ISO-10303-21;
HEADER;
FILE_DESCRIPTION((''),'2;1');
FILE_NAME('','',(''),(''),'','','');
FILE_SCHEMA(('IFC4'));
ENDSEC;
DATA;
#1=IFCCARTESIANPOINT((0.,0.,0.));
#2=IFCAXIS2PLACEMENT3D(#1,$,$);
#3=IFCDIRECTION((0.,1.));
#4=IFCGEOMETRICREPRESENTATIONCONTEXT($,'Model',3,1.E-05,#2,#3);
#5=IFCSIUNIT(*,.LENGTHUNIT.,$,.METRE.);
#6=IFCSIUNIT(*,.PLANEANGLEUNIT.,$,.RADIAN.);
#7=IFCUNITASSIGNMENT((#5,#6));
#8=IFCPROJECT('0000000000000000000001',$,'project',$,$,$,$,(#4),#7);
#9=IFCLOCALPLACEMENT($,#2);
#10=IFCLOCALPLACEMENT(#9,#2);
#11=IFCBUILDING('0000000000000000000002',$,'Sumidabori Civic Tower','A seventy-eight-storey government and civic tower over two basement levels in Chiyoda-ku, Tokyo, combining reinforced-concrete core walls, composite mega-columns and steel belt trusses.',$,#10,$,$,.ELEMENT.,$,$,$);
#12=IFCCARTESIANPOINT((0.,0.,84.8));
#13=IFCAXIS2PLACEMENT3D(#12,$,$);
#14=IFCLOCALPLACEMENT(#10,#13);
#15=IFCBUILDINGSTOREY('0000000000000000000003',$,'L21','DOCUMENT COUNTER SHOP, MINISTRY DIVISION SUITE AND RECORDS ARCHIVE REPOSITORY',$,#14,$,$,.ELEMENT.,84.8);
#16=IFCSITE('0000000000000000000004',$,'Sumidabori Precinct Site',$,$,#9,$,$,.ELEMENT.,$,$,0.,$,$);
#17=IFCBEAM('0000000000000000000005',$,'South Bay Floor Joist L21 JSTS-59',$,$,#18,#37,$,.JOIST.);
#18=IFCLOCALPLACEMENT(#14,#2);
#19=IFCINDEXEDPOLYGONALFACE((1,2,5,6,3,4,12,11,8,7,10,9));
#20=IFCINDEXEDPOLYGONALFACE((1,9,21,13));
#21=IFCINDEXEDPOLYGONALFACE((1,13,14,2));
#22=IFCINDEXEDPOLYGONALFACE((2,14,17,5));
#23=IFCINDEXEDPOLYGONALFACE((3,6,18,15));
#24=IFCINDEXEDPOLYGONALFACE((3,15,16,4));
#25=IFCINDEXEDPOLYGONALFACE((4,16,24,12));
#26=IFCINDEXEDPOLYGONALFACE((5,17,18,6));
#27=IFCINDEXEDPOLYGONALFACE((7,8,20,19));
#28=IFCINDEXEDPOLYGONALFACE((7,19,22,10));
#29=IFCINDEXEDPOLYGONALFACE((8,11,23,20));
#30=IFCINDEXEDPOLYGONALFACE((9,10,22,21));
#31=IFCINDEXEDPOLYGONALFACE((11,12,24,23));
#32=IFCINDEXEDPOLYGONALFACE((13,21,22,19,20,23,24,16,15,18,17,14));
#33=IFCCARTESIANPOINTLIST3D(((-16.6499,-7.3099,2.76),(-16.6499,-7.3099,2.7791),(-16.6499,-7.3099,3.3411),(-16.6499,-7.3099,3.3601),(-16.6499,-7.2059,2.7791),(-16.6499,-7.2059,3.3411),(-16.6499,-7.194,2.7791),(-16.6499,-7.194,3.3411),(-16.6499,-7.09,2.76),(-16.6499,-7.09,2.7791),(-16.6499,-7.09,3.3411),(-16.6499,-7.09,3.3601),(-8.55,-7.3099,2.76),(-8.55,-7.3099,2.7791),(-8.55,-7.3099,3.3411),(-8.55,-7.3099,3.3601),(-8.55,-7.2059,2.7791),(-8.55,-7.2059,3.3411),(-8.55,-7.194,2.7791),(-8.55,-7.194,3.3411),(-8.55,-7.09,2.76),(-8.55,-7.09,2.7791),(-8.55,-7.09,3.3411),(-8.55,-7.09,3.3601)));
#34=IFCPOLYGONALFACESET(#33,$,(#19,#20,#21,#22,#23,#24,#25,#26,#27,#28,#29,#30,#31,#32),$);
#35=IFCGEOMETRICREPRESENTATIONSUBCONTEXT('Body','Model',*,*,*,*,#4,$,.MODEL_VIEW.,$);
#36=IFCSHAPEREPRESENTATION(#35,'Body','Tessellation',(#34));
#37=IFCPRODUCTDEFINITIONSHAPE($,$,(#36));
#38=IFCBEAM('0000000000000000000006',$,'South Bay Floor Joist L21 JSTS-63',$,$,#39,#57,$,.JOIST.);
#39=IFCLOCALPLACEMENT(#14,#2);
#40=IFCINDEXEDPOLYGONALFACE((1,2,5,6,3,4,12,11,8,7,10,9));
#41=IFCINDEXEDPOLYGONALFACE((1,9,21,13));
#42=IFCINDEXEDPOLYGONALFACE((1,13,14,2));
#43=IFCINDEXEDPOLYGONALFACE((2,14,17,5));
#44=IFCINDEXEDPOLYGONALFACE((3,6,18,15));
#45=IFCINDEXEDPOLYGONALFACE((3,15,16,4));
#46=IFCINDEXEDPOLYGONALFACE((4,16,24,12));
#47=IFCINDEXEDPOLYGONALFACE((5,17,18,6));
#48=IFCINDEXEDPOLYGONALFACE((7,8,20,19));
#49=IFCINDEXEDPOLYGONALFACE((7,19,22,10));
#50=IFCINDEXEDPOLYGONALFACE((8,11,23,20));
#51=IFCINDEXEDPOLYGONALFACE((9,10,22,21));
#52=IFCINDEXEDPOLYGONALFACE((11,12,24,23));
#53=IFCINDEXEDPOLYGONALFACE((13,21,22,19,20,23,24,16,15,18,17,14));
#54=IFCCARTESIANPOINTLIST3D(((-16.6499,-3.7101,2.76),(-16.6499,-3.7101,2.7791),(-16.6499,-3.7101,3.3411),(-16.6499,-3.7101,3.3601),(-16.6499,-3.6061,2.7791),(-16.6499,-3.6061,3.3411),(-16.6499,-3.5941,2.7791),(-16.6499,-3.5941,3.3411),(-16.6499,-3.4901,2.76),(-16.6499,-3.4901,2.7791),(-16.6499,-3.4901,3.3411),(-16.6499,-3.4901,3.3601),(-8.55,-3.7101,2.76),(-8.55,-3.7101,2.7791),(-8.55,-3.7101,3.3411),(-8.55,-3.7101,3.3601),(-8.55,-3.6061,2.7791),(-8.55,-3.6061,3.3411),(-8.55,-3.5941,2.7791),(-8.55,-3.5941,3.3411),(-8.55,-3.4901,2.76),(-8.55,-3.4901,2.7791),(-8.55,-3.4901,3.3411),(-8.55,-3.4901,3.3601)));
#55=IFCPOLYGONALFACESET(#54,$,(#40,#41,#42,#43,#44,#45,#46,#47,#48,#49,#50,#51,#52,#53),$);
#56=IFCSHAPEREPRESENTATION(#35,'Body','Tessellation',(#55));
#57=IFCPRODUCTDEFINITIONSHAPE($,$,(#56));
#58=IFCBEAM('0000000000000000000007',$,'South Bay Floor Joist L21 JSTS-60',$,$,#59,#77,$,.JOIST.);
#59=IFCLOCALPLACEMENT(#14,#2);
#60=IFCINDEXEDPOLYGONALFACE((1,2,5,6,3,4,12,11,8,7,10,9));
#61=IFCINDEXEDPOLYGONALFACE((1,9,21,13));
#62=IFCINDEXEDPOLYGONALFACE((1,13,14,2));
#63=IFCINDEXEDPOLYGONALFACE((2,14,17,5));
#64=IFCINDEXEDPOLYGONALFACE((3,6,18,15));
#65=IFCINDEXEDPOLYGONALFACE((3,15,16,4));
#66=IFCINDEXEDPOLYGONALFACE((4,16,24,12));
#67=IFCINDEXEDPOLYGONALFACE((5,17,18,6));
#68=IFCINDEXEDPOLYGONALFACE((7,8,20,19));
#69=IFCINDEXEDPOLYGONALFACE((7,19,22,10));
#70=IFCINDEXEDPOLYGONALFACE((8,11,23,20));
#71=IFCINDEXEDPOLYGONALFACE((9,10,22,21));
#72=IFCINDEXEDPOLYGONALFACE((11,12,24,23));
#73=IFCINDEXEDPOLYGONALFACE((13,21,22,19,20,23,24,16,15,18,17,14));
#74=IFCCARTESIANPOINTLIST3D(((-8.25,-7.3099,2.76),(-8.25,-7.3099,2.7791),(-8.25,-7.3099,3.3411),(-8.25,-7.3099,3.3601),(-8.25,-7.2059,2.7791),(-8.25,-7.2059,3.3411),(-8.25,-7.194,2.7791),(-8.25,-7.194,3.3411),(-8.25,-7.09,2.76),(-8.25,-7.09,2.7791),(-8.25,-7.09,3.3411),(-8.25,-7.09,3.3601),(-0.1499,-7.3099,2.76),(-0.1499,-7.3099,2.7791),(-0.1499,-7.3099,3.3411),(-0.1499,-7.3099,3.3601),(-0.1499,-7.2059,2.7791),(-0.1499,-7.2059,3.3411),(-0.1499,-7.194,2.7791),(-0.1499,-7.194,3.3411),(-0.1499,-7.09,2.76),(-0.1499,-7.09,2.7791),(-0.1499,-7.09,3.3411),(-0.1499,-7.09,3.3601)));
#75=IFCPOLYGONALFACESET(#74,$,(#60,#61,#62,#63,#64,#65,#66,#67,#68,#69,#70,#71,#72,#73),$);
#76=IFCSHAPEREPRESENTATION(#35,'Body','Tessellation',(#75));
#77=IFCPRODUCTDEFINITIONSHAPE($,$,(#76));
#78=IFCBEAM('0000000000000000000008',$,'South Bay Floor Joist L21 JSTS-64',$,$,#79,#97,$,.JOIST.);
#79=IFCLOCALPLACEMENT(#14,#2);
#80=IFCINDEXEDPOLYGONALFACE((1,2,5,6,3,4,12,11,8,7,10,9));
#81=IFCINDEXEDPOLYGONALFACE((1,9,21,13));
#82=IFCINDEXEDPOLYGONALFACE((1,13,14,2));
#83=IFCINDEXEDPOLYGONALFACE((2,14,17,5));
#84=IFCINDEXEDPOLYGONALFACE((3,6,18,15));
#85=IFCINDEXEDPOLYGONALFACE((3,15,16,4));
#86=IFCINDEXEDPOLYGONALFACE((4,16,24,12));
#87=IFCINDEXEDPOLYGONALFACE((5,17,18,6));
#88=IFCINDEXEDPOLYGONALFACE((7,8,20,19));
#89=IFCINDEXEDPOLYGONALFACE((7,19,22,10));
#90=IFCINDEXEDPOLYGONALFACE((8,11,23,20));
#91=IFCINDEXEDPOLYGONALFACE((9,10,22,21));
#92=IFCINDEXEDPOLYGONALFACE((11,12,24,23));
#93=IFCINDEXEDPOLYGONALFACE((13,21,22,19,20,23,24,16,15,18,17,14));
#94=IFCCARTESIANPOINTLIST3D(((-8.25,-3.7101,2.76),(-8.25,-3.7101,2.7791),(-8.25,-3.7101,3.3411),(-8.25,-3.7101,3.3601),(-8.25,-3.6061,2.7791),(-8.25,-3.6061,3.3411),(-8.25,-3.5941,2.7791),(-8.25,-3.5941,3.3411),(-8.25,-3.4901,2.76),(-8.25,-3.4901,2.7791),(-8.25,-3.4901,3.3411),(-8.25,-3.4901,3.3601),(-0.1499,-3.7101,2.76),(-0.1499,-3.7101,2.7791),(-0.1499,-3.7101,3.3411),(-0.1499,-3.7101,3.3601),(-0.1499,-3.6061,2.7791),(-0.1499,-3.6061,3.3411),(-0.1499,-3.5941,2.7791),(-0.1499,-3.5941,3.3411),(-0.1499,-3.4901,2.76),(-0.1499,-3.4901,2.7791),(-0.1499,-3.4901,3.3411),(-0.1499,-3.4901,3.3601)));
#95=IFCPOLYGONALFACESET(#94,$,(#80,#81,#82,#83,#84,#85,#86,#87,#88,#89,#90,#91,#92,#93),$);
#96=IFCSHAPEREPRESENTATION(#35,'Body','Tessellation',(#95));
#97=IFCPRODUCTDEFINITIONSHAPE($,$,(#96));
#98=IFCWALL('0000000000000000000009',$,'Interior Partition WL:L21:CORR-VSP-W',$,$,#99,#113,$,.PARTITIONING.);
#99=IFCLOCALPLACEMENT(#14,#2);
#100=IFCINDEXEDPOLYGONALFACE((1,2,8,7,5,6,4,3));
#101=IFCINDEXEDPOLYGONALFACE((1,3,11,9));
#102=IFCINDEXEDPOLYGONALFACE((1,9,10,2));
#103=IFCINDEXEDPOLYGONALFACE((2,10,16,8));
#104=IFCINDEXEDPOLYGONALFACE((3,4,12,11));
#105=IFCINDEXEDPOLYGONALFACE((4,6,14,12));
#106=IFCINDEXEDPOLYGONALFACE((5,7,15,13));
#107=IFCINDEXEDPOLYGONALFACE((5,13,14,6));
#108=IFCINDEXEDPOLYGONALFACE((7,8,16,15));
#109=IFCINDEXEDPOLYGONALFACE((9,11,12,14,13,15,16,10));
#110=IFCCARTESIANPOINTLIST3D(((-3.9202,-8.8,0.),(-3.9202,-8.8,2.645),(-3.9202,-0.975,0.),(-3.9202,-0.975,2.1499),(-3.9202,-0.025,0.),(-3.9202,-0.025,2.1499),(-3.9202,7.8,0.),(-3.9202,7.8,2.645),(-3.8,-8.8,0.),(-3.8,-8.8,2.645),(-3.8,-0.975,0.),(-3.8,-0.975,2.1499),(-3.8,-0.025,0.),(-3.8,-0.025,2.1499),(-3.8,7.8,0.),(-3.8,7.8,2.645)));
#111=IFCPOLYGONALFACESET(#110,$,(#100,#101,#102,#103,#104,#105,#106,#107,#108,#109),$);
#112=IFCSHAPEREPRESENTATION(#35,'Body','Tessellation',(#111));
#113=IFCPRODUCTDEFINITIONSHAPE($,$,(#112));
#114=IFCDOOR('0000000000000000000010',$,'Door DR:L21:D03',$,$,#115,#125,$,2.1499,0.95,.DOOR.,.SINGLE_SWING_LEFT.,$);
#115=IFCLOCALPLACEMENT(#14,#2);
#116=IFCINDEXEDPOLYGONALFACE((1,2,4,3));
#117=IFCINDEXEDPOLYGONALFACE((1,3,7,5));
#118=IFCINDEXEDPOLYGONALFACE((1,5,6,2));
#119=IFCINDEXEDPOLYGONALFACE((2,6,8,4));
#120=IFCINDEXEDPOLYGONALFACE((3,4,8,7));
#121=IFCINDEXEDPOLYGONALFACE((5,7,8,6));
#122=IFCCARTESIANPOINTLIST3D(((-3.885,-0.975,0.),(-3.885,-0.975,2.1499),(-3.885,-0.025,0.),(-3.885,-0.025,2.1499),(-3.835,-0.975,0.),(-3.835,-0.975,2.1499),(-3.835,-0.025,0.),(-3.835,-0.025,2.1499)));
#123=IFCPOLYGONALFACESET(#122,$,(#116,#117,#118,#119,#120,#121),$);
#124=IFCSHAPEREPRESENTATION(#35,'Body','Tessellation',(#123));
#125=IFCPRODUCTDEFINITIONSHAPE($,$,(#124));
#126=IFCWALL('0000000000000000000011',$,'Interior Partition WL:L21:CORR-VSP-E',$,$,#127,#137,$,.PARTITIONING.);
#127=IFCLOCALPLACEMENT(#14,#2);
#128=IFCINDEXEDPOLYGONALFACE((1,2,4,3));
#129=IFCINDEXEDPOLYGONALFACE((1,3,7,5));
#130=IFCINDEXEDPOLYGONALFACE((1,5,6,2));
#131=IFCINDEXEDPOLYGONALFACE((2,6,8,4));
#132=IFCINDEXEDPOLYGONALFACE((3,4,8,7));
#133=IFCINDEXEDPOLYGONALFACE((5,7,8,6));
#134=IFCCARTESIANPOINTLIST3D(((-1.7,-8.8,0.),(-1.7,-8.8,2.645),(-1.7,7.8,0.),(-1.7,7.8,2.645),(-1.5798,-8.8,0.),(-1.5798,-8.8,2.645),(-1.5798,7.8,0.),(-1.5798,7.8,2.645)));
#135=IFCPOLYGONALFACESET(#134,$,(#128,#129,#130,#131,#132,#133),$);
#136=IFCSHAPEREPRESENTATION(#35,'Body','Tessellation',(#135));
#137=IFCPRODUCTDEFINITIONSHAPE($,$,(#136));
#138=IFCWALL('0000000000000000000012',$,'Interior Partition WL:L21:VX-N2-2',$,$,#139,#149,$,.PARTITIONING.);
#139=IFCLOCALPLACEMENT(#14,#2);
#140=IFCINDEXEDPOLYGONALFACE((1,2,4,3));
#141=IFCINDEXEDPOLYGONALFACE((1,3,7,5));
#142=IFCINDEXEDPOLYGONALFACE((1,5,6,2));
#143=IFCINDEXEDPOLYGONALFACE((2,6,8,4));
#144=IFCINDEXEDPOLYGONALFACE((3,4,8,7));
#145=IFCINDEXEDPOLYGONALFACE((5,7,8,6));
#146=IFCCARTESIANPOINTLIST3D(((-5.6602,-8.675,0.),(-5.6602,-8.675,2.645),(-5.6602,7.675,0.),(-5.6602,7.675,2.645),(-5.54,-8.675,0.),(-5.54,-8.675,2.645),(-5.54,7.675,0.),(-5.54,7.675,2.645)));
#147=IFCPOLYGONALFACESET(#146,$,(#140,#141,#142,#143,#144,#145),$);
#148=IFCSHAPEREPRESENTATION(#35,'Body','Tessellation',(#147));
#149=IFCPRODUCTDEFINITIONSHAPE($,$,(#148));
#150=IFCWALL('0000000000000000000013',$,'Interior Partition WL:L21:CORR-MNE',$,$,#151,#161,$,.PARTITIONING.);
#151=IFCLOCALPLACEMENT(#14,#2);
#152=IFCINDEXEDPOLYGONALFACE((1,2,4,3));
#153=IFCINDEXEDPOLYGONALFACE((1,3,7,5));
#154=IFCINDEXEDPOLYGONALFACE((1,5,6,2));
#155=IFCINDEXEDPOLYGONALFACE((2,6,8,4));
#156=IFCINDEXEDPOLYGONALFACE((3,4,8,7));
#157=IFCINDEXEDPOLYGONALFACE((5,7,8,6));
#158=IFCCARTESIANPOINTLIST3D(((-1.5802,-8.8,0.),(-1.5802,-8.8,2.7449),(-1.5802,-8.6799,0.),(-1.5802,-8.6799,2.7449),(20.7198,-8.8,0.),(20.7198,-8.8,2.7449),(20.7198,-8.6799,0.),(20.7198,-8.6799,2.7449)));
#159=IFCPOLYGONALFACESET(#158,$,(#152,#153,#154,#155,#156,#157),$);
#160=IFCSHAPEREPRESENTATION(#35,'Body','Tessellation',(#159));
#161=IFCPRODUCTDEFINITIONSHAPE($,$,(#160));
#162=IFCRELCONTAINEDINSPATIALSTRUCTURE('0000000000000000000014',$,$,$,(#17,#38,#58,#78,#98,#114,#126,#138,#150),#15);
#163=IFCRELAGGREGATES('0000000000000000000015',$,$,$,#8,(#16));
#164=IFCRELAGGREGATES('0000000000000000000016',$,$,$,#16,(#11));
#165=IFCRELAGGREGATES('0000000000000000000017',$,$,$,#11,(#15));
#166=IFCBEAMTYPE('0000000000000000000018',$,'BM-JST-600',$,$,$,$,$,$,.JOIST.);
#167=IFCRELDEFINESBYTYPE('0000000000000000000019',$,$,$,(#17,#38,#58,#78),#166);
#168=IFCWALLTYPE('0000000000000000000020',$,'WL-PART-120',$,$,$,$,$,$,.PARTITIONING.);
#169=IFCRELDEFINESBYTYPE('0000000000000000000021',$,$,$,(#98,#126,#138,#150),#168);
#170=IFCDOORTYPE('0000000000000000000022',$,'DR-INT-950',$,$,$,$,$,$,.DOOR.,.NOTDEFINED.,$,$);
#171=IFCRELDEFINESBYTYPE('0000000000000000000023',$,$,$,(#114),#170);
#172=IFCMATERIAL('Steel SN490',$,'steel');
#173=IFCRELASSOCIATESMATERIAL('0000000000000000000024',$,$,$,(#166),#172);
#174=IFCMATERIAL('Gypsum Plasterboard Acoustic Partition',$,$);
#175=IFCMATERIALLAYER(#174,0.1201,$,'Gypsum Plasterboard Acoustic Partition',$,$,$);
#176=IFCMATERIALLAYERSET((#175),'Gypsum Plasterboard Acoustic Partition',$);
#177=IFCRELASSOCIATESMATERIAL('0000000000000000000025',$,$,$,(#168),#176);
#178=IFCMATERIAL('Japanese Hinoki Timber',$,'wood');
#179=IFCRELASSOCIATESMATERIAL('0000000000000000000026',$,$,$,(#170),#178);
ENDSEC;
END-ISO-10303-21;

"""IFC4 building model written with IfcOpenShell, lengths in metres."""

from ifc_helpers import new_model, si_unit, direction, frame, frame_2d, origin, origin_2d, place, context, subcontext, project, spatial, rectangle, i_section, extrude, source, transform, mapped, material, layer, layer_set, material_profile, profile_set, type_object, element, fill, save


model = new_model("IFC4")

# Units and contexts
model_context = context("Model", 3, precision=1e-05, world=origin(), true_north=direction((0.0, 1.0)))
body_context = subcontext(model_context, "Body", "Model", "MODEL_VIEW")
ifc_project = project(units=[si_unit("LENGTHUNIT", "METRE"), si_unit("PLANEANGLEUNIT", "RADIAN")], contexts=[model_context])

# Site, building, storey
site_placement = place(None, origin())
site = spatial("IfcSite", under=ifc_project, at=site_placement, Name="Sumidabori Precinct Site", CompositionType="ELEMENT", RefElevation=0.0)
building_placement = place(site_placement, origin())
building = spatial("IfcBuilding", under=site, at=building_placement, Name="Sumidabori Civic Tower", Description="A seventy-eight-storey government and civic tower over two basement levels in Chiyoda-ku, Tokyo, combining reinforced-concrete core walls, composite mega-columns and steel belt trusses.", CompositionType="ELEMENT")
storey_placement = place(building_placement, frame((0.0, 0.0, 84.8)))
storey = spatial("IfcBuildingStorey", under=building, at=storey_placement, Name="L21", Description="DOCUMENT COUNTER SHOP, MINISTRY DIVISION SUITE AND RECORDS ARCHIVE REPOSITORY", CompositionType="ELEMENT", Elevation=84.8)

# Beams
ifc_material_1 = material(Name="Steel SN490", Category="steel")
ifc_material_profile_1 = material_profile(ifc_material_1, i_section(OverallWidth=0.22, OverallDepth=0.6001, WebThickness=0.012, FlangeThickness=0.019, at=origin_2d()), Name="IPE 600")
ifc_profile_set_1 = profile_set([ifc_material_profile_1], Name="Steel SN490")
beam_type_1 = type_object("IfcBeamType", Name="BM-JST-600", PredefinedType="JOIST", material=ifc_profile_set_1)
shared_shape_1 = source(origin(), body_context, "Body", "SweptSolid", [
    extrude(i_section(OverallWidth=0.22, OverallDepth=0.6001, WebThickness=0.012, FlangeThickness=0.019, at=origin_2d()), origin(), (0.0, 0.0, 1.0), 8.0999),
])
for number, where, z_axis, x_axis, name in (
    (1, (-16.6499, -7.2, 3.0601), (1.0, 0.0, 0.0), (0.0, 1.0, 0.0), "South Bay Floor Joist L21 JSTS-59"),
    (2, (-16.6499, -3.6001, 3.0601), (1.0, 0.0, 0.0), (0.0, 1.0, 0.0), "South Bay Floor Joist L21 JSTS-63"),
):
    element("IfcBeam", number, at=place(storey_placement, frame(where, z_axis=z_axis, x_axis=x_axis)), inside=storey, type_object=beam_type_1, Name=name, PredefinedType="JOIST", context=body_context, shape_type="MappedRepresentation", body=[
        mapped(shared_shape_1, transform((0.0, 0.0, 0.0), x_axis=(1.0, 0.0, 0.0), y_axis=(0.0, 1.0, 0.0), z_axis=(0.0, 0.0, 1.0), scale=1.0)),
    ])
shared_shape_2 = source(origin(), body_context, "Body", "SweptSolid", [
    extrude(i_section(OverallWidth=0.22, OverallDepth=0.6001, WebThickness=0.012, FlangeThickness=0.019, at=origin_2d()), origin(), (0.0, 0.0, 1.0), 8.1001),
])
for number, where, z_axis, x_axis, name in (
    (3, (-8.25, -7.2, 3.0601), (1.0, 0.0, 0.0), (0.0, 1.0, 0.0), "South Bay Floor Joist L21 JSTS-60"),
    (4, (-8.25, -3.6001, 3.0601), (1.0, 0.0, 0.0), (0.0, 1.0, 0.0), "South Bay Floor Joist L21 JSTS-64"),
):
    element("IfcBeam", number, at=place(storey_placement, frame(where, z_axis=z_axis, x_axis=x_axis)), inside=storey, type_object=beam_type_1, Name=name, PredefinedType="JOIST", context=body_context, shape_type="MappedRepresentation", body=[
        mapped(shared_shape_2, transform((0.0, 0.0, 0.0), x_axis=(1.0, 0.0, 0.0), y_axis=(0.0, 1.0, 0.0), z_axis=(0.0, 0.0, 1.0), scale=1.0)),
    ])

# Wall, opening, door
ifc_material_2 = material(Name="Gypsum Plasterboard Acoustic Partition")
ifc_layer = layer(ifc_material_2, 0.1201, Name="Gypsum Plasterboard Acoustic Partition")
ifc_layer_set = layer_set([ifc_layer], Name="Gypsum Plasterboard Acoustic Partition")
wall_type = type_object("IfcWallType", Name="WL-PART-120", PredefinedType="PARTITIONING", material=ifc_layer_set)
shared_shape_3 = source(origin(), body_context, "Body", "SweptSolid", [
    extrude(rectangle(XDim=16.6001, YDim=0.1201, at=frame_2d((8.3, 0.0))), origin(), (0.0, 0.0, 1.0), 2.645),
])
wall_1_placement = place(storey_placement, frame((-3.8601, -8.8, 0.0), z_axis=(0.0, 0.0, 1.0), x_axis=(0.0, 1.0, 0.0)))
wall_1 = element("IfcWall", 5, at=wall_1_placement, inside=storey, type_object=wall_type, Name="Interior Partition WL:L21:CORR-VSP-W", PredefinedType="PARTITIONING", context=body_context, shape_type="MappedRepresentation", body=[
    mapped(shared_shape_3, transform((0.0, 0.0, 0.0), x_axis=(1.0, 0.0, 0.0), y_axis=(0.0, 1.0, 0.0), z_axis=(0.0, 0.0, 1.0), scale=1.0)),
])
opening_1_placement = place(wall_1_placement, frame((7.825, 0.0, 0.0)))
opening_1 = element("IfcOpeningElement", 6, at=opening_1_placement, cuts=wall_1, PredefinedType="OPENING", context=body_context, shape_type="SweptSolid", body=[
    extrude(rectangle(XDim=0.95, YDim=2.1499, at=frame_2d((0.4751, 1.075))), frame((0.0, 0.072, 0.0), z_axis=(0.0, -1.0, 0.0), x_axis=(1.0, 0.0, 0.0)), (0.0, 0.0, 1.0), 0.144),
])
ifc_material_3 = material(Name="Japanese Hinoki Timber", Category="wood")
door_type = type_object("IfcDoorType", Name="DR-INT-950", OperationType="NOTDEFINED", PredefinedType="DOOR", material=ifc_material_3)
shared_shape_4 = source(origin(), body_context, "Body", "SweptSolid", [
    extrude(rectangle(XDim=0.95, YDim=2.1499, at=frame_2d((0.4751, 1.075))), frame((0.0, 0.0249, 0.0), z_axis=(0.0, -1.0, 0.0), x_axis=(1.0, 0.0, 0.0)), (0.0, 0.0, 1.0), 0.05),
])
door_1_placement = place(opening_1_placement, origin())
door_1 = element("IfcDoor", 7, at=door_1_placement, inside=storey, type_object=door_type, Name="Door DR:L21:D03", OperationType="SINGLE_SWING_LEFT", OverallHeight=2.1499, OverallWidth=0.95, PredefinedType="DOOR", context=body_context, shape_type="MappedRepresentation", body=[
    mapped(shared_shape_4, transform((0.0, 0.0, 0.0), x_axis=(1.0, 0.0, 0.0), y_axis=(0.0, 1.0, 0.0), z_axis=(0.0, 0.0, 1.0), scale=1.0)),
])
fill(opening_1, door_1)

# Walls
wall_2_placement = place(storey_placement, frame((-1.6399, -8.8, 0.0), z_axis=(0.0, 0.0, 1.0), x_axis=(0.0, 1.0, 0.0)))
element("IfcWall", 8, at=wall_2_placement, inside=storey, type_object=wall_type, Name="Interior Partition WL:L21:CORR-VSP-E", PredefinedType="PARTITIONING", context=body_context, shape_type="MappedRepresentation", body=[
    mapped(shared_shape_3, transform((0.0, 0.0, 0.0), x_axis=(1.0, 0.0, 0.0), y_axis=(0.0, 1.0, 0.0), z_axis=(0.0, 0.0, 1.0), scale=1.0)),
])
shared_shape_5 = source(origin(), body_context, "Body", "SweptSolid", [
    extrude(rectangle(XDim=16.3501, YDim=0.1201, at=frame_2d((8.175, 0.0))), origin(), (0.0, 0.0, 1.0), 2.645),
])
wall_3_placement = place(storey_placement, frame((-5.6001, -8.675, 0.0), z_axis=(0.0, 0.0, 1.0), x_axis=(0.0, 1.0, 0.0)))
element("IfcWall", 9, at=wall_3_placement, inside=storey, type_object=wall_type, Name="Interior Partition WL:L21:VX-N2-2", PredefinedType="PARTITIONING", context=body_context, shape_type="MappedRepresentation", body=[
    mapped(shared_shape_5, transform((0.0, 0.0, 0.0), x_axis=(1.0, 0.0, 0.0), y_axis=(0.0, 1.0, 0.0), z_axis=(0.0, 0.0, 1.0), scale=1.0)),
])
shared_shape_6 = source(origin(), body_context, "Body", "SweptSolid", [
    extrude(rectangle(XDim=22.3, YDim=0.1201, at=frame_2d((11.1499, 0.0))), origin(), (0.0, 0.0, 1.0), 2.7449),
])
wall_4_placement = place(storey_placement, frame((-1.5801, -8.74, 0.0), z_axis=(0.0, 0.0, 1.0), x_axis=(1.0, 0.0, 0.0)))
element("IfcWall", 10, at=wall_4_placement, inside=storey, type_object=wall_type, Name="Interior Partition WL:L21:CORR-MNE", PredefinedType="PARTITIONING", context=body_context, shape_type="MappedRepresentation", body=[
    mapped(shared_shape_6, transform((0.0, 0.0, 0.0), x_axis=(1.0, 0.0, 0.0), y_axis=(0.0, 1.0, 0.0), z_axis=(0.0, 0.0, 1.0), scale=1.0)),
])

save(model, "model.ifc")
